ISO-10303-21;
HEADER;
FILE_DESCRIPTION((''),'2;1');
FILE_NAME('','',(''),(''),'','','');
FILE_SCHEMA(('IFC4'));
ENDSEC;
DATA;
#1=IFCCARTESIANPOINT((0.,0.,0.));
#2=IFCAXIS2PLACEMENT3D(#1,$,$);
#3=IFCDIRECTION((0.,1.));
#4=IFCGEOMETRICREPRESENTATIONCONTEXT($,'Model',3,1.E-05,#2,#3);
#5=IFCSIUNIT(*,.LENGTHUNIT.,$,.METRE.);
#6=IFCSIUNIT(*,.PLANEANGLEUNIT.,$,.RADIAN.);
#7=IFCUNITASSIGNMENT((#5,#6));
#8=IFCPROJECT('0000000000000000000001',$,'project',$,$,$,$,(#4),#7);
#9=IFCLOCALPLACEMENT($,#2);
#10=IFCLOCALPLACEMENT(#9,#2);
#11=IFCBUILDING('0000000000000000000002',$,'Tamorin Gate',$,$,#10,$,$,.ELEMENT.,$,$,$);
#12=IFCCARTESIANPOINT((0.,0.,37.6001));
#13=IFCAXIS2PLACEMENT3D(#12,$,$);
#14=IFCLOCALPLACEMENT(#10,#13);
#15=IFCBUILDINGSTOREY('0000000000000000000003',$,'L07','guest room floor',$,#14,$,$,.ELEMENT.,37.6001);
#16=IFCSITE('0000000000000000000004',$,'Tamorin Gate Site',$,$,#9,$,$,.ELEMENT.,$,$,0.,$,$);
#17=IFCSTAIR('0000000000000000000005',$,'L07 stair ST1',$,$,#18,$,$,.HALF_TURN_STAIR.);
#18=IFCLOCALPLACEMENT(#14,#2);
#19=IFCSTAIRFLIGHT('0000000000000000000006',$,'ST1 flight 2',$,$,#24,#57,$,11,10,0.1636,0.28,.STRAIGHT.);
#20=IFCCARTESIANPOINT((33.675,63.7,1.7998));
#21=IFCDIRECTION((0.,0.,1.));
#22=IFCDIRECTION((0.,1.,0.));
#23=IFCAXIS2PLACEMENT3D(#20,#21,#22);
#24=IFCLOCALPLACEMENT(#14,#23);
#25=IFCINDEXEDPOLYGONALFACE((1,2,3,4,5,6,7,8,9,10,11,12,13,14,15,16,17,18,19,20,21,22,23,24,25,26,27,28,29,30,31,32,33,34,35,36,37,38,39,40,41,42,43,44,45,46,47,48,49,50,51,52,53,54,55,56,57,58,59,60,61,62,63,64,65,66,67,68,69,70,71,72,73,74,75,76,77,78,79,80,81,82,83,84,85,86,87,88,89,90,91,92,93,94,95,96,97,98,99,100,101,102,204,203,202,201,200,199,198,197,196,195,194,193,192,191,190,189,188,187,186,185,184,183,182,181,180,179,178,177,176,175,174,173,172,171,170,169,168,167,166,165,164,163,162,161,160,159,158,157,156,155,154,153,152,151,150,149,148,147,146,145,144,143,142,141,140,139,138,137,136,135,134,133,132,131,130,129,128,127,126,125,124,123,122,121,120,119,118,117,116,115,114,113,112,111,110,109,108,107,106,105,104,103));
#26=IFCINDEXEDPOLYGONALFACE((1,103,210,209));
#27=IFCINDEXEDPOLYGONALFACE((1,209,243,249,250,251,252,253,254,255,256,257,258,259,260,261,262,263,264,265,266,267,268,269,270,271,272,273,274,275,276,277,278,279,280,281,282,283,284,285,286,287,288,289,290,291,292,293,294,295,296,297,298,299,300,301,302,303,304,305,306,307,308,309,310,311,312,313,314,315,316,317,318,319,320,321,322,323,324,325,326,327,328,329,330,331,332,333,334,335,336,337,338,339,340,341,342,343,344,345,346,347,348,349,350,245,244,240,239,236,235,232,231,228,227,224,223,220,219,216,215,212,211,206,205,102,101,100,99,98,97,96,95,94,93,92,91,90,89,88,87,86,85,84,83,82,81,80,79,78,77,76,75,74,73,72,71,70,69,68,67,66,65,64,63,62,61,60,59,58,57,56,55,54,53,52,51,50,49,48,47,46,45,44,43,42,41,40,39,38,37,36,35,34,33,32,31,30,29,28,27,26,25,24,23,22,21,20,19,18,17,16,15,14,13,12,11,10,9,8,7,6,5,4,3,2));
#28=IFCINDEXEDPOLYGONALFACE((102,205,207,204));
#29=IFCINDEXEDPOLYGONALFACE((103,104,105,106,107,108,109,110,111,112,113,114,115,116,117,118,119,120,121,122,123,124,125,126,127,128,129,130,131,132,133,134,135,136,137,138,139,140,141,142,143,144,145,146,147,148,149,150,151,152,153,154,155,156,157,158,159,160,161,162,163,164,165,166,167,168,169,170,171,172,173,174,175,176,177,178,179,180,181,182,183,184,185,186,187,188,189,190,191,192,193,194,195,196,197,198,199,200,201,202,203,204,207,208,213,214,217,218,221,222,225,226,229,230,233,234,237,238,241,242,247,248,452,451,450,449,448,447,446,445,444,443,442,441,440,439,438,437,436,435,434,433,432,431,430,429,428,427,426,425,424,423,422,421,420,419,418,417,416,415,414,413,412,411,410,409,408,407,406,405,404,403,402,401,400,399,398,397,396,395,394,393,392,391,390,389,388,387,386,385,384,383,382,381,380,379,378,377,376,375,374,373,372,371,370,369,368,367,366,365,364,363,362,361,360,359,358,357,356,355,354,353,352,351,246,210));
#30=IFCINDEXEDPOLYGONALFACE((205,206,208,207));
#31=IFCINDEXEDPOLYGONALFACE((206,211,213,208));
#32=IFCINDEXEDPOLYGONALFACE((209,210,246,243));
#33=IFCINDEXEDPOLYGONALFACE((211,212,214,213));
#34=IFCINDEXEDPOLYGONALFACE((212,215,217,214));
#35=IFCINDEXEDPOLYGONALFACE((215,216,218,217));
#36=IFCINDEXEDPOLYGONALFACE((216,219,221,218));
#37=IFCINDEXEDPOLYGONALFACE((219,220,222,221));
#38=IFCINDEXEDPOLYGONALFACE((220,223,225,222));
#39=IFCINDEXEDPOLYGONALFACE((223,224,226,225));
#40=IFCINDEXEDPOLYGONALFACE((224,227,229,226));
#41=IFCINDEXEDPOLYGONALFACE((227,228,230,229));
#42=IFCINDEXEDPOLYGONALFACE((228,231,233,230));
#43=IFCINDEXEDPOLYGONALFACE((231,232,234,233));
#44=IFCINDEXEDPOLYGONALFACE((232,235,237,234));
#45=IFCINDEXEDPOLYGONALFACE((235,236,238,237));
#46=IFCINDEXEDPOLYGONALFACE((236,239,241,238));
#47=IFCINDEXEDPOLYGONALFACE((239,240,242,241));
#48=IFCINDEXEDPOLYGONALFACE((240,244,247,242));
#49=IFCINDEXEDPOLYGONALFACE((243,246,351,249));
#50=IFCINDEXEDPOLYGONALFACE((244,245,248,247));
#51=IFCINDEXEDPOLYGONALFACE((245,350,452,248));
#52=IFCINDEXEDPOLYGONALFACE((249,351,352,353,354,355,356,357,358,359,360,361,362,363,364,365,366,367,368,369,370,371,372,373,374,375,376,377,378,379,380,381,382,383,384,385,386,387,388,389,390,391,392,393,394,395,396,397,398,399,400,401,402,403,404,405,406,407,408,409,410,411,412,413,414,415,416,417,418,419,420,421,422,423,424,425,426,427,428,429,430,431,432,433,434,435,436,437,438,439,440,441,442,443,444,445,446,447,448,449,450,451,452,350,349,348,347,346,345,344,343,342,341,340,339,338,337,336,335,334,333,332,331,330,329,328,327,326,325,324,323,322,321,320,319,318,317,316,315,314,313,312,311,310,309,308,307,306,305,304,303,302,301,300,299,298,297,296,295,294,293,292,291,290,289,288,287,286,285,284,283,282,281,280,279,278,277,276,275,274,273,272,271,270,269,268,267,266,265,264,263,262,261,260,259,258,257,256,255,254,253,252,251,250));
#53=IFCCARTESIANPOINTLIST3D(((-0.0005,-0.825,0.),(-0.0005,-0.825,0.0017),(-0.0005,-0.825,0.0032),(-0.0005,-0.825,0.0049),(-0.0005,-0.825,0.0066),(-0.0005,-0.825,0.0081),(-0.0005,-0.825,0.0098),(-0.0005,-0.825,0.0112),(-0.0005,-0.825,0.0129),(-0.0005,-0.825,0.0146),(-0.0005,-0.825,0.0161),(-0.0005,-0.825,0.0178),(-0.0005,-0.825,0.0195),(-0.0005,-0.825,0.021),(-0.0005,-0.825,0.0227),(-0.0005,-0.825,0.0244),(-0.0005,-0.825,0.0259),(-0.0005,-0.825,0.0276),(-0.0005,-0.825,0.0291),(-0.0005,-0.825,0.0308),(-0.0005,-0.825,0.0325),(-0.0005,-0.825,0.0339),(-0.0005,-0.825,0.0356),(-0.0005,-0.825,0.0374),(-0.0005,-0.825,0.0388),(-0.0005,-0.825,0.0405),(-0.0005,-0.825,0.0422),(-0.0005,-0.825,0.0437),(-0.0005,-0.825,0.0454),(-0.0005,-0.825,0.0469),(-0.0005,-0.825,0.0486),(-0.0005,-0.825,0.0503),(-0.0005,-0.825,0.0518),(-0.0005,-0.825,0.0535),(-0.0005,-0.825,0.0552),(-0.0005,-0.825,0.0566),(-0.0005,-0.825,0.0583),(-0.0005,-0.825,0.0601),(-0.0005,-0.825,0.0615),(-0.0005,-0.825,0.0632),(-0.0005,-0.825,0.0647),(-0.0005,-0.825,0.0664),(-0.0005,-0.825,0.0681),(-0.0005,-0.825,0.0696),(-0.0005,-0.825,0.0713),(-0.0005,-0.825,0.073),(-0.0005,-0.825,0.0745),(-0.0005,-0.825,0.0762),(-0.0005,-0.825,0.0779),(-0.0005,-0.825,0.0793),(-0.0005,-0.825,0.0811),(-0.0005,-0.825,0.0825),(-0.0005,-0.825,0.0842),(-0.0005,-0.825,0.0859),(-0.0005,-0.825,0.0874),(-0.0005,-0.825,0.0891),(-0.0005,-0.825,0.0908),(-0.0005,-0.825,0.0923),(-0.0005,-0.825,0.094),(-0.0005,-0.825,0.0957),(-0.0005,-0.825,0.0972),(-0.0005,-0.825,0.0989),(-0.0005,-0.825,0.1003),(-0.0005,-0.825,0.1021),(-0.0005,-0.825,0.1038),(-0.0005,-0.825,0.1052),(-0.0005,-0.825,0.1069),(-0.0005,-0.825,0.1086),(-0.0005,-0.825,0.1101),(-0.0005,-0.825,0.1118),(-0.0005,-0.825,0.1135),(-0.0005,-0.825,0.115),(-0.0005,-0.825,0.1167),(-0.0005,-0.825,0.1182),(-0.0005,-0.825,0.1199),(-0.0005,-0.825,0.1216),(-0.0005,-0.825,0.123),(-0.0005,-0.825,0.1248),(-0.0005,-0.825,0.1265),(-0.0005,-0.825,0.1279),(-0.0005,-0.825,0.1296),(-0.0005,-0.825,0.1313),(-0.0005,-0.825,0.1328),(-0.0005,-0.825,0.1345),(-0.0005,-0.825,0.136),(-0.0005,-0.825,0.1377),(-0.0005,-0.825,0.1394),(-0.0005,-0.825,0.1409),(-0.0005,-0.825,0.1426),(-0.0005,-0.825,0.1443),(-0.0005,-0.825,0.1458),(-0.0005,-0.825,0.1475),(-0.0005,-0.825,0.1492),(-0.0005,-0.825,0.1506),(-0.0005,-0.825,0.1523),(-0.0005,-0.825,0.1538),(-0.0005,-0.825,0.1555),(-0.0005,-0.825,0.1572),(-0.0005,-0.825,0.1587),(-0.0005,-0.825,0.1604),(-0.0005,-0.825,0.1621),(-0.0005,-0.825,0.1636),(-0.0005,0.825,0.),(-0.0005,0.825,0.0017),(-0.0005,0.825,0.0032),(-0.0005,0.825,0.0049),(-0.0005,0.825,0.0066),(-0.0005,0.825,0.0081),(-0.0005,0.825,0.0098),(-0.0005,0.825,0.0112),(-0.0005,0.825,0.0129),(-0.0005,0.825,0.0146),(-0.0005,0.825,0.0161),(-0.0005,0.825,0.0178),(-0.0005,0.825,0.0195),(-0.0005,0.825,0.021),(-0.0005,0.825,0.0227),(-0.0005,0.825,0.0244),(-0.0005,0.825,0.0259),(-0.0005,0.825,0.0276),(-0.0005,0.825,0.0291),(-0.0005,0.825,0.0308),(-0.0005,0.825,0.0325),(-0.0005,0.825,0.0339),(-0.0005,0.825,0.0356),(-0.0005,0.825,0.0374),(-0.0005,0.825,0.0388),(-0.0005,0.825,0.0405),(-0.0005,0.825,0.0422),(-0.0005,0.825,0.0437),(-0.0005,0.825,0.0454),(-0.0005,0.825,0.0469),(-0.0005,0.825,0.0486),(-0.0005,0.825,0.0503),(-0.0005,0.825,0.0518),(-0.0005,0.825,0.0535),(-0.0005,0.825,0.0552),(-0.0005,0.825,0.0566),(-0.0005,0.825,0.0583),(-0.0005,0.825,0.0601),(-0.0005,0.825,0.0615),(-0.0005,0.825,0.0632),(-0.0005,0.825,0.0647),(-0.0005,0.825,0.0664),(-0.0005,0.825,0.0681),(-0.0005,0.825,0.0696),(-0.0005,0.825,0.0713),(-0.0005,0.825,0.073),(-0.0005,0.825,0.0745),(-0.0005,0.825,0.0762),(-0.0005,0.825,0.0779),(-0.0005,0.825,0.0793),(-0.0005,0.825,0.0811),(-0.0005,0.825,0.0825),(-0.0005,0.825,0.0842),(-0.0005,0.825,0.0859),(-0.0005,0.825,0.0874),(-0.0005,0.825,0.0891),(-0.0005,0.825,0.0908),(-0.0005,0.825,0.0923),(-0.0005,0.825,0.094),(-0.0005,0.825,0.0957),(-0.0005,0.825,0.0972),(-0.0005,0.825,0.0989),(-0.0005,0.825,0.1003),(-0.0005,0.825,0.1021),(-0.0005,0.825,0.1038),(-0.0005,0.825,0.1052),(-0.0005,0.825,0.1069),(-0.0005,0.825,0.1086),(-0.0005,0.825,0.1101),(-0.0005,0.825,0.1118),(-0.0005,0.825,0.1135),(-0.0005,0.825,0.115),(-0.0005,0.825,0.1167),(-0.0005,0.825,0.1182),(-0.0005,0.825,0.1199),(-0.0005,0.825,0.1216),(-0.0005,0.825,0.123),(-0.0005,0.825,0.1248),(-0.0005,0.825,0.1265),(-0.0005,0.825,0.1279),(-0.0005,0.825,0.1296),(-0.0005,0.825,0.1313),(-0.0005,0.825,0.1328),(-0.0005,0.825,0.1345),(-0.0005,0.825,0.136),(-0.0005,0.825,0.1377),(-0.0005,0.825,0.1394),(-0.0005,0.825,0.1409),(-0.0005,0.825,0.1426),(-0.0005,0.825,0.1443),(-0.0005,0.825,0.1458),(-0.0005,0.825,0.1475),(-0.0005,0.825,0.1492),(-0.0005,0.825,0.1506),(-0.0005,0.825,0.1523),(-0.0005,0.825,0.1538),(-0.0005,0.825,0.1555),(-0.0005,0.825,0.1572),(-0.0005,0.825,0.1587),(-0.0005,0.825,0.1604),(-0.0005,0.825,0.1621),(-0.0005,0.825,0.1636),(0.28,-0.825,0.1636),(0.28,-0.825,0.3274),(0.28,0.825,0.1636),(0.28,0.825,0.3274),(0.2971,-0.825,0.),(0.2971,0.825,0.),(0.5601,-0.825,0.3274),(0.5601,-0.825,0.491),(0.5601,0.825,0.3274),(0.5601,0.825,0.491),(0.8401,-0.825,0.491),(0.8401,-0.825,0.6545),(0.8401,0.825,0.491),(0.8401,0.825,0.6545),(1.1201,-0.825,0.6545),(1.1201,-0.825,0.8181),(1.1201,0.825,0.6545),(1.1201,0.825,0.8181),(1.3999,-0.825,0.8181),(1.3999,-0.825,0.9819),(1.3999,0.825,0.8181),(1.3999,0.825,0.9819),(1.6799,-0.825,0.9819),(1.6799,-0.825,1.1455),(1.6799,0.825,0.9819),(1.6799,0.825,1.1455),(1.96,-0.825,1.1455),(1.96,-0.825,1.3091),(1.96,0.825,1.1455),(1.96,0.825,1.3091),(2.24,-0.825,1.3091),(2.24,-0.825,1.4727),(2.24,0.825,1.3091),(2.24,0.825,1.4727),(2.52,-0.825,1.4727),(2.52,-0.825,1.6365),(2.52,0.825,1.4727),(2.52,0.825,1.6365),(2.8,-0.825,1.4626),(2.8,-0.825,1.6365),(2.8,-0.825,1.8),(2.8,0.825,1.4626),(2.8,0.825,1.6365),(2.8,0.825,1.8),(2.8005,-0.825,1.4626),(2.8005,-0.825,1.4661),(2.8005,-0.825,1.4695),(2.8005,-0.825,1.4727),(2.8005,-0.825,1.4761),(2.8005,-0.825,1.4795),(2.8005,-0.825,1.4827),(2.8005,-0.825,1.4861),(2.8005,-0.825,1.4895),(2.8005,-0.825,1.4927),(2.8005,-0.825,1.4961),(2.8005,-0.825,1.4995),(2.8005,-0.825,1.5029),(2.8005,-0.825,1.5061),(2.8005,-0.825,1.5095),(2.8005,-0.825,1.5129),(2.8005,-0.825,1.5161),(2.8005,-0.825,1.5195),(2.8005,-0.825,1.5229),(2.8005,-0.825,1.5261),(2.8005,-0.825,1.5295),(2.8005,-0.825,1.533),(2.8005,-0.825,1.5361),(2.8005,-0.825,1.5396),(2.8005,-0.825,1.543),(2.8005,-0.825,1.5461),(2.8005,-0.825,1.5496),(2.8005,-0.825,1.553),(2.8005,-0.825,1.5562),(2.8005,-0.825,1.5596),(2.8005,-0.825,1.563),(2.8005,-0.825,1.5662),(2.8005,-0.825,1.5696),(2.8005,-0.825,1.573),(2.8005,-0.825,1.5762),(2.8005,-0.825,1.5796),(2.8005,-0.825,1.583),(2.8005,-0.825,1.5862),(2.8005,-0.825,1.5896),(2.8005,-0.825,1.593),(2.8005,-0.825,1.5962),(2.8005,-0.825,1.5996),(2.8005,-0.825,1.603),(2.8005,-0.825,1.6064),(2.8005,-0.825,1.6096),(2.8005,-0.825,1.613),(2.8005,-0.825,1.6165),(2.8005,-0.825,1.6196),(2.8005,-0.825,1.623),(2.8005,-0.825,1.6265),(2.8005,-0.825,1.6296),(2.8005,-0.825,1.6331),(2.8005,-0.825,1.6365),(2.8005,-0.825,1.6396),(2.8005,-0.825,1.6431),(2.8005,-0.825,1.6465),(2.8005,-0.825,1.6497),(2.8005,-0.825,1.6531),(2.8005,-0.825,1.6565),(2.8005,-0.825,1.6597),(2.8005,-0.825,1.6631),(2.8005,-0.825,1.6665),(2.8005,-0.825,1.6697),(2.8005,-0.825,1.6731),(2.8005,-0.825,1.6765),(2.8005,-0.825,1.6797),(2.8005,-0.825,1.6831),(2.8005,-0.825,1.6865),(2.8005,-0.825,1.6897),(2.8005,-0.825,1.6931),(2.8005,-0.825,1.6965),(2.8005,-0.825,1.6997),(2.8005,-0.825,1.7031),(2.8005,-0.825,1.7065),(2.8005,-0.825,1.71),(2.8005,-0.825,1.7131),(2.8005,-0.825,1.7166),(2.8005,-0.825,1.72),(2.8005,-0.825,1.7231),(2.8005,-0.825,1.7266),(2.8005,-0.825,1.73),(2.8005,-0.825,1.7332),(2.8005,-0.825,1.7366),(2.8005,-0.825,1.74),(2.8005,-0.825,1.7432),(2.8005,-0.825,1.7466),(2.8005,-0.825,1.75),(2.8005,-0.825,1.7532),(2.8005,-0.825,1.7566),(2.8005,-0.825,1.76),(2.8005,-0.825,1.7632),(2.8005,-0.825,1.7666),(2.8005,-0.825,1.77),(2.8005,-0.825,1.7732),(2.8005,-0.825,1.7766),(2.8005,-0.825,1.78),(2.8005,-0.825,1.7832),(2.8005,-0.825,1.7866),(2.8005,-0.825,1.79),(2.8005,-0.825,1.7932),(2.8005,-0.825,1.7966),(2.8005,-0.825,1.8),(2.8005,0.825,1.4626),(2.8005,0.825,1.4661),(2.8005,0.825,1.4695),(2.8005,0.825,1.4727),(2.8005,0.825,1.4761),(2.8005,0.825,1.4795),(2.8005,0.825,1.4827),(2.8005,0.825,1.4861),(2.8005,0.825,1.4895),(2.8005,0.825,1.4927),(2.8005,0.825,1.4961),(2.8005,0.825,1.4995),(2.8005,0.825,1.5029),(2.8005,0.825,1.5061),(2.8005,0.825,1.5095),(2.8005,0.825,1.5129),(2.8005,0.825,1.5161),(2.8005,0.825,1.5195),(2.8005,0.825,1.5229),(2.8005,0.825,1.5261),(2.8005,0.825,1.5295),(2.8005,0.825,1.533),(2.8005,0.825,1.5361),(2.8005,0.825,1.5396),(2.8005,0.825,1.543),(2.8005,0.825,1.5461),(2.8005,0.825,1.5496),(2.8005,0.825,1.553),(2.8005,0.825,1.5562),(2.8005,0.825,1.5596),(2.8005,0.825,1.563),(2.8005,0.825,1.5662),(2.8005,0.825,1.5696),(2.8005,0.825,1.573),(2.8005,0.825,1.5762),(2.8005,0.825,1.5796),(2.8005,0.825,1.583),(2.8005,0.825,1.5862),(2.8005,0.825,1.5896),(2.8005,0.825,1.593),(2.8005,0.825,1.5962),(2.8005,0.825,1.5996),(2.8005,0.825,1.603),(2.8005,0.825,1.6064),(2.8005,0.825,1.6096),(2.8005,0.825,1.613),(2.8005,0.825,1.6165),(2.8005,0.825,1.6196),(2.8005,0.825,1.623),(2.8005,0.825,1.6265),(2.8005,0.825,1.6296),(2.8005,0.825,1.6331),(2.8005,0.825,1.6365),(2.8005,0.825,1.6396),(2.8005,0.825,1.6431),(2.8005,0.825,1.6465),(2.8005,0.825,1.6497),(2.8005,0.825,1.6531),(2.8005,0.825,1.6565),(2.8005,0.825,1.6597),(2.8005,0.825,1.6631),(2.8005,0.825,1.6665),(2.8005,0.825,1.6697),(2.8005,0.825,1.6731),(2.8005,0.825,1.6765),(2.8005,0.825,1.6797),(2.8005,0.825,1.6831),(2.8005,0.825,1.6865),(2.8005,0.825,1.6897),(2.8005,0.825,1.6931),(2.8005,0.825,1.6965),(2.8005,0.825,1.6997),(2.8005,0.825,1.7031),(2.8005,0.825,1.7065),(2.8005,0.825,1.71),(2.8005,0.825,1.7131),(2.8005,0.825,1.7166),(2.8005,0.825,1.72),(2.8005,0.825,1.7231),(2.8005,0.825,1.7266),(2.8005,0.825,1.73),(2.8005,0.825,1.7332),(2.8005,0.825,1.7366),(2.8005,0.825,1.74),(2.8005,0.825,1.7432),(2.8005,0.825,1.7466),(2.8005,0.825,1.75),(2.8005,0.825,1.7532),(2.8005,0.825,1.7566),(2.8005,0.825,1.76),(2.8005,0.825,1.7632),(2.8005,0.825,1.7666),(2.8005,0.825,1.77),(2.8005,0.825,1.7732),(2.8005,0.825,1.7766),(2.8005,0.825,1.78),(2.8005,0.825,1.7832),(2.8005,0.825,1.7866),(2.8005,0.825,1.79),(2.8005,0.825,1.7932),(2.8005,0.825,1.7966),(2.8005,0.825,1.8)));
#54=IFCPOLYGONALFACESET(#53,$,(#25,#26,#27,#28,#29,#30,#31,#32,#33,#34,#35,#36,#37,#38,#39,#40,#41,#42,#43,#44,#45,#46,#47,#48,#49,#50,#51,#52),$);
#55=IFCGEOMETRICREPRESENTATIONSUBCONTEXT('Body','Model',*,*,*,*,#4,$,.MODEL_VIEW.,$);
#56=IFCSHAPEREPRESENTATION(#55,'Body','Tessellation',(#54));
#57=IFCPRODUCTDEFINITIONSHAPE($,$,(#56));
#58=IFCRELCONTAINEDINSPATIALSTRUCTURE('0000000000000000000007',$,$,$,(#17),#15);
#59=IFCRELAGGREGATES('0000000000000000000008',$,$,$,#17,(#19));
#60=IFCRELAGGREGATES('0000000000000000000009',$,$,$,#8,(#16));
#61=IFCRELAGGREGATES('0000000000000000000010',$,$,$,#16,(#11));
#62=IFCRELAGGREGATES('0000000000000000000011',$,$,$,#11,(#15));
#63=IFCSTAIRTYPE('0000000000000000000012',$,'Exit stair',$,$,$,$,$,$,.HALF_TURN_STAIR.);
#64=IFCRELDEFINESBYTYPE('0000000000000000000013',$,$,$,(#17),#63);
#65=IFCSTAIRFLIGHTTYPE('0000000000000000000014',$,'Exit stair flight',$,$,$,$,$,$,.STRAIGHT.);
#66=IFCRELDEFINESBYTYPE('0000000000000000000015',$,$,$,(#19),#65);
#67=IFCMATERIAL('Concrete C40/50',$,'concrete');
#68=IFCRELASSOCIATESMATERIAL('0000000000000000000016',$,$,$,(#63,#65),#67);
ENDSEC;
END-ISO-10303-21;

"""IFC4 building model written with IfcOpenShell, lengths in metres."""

from ifc_helpers import new_model, si_unit, direction, frame, origin, place, context, subcontext, project, spatial, polyline, outline, extrude, material, type_object, element, aggregate, save


model = new_model("IFC4")

# Units and contexts
model_context = context("Model", 3, precision=1e-05, world=origin(), true_north=direction((0.0, 1.0)))
body_context = subcontext(model_context, "Body", "Model", "MODEL_VIEW")
ifc_project = project(units=[si_unit("LENGTHUNIT", "METRE"), si_unit("PLANEANGLEUNIT", "RADIAN")], contexts=[model_context])

# Site, building, storey
site_placement = place(None, origin())
site = spatial("IfcSite", under=ifc_project, at=site_placement, Name="Tamorin Gate Site", CompositionType="ELEMENT", RefElevation=0.0)
building_placement = place(site_placement, origin())
building = spatial("IfcBuilding", under=site, at=building_placement, Name="Tamorin Gate", CompositionType="ELEMENT")
storey_placement = place(building_placement, frame((0.0, 0.0, 37.6001)))
storey = spatial("IfcBuildingStorey", under=building, at=storey_placement, Name="L07", Description="guest room floor", CompositionType="ELEMENT", Elevation=37.6001)

# Shared definitions
ifc_material_1 = material(Name="Concrete C40/50", Category="concrete")

# Stair, stair flight
stair_type = type_object("IfcStairType", Name="Exit stair", PredefinedType="HALF_TURN_STAIR", material=ifc_material_1)
stair_placement = place(storey_placement, origin())
stair = element("IfcStair", 1, at=stair_placement, inside=storey, type_object=stair_type, Name="L07 stair ST1", PredefinedType="HALF_TURN_STAIR")
stair_flight_type = type_object("IfcStairFlightType", Name="Exit stair flight", PredefinedType="STRAIGHT", material=ifc_material_1)
stair_flight_1_placement = place(storey_placement, frame((33.675, 63.7, 1.7998), z_axis=(0.0, 0.0, 1.0), x_axis=(0.0, 1.0, 0.0)))
stair_flight_1 = element("IfcStairFlight", 2, at=stair_flight_1_placement, type_object=stair_flight_type, Name="ST1 flight 2", NumberOfRisers=11, NumberOfTreads=10, PredefinedType="STRAIGHT", RiserHeight=0.1636, TreadLength=0.28, context=body_context, shape_type="SweptSolid", body=[
    extrude(outline(polyline([(-0.0005, 0.0), (-0.0005, 0.0017), (-0.0005, 0.0032), (-0.0005, 0.0049), (-0.0005, 0.0066), (-0.0005, 0.0081), (-0.0005, 0.0098), (-0.0005, 0.0112), (-0.0005, 0.0129), (-0.0005, 0.0146), (-0.0005, 0.0161), (-0.0005, 0.0178), (-0.0005, 0.0195), (-0.0005, 0.021), (-0.0005, 0.0227), (-0.0005, 0.0244), (-0.0005, 0.0259), (-0.0005, 0.0276), (-0.0005, 0.0291), (-0.0005, 0.0308), (-0.0005, 0.0325), (-0.0005, 0.0339), (-0.0005, 0.0356), (-0.0005, 0.0374), (-0.0005, 0.0388), (-0.0005, 0.0405), (-0.0005, 0.0422), (-0.0005, 0.0437), (-0.0005, 0.0454), (-0.0005, 0.0469), (-0.0005, 0.0486), (-0.0005, 0.0503), (-0.0005, 0.0518), (-0.0005, 0.0535), (-0.0005, 0.0552), (-0.0005, 0.0566), (-0.0005, 0.0583), (-0.0005, 0.0601), (-0.0005, 0.0615), (-0.0005, 0.0632), (-0.0005, 0.0647), (-0.0005, 0.0664), (-0.0005, 0.0681), (-0.0005, 0.0696), (-0.0005, 0.0713), (-0.0005, 0.073), (-0.0005, 0.0745), (-0.0005, 0.0762), (-0.0005, 0.0779), (-0.0005, 0.0793), (-0.0005, 0.0811), (-0.0005, 0.0825), (-0.0005, 0.0842), (-0.0005, 0.0859), (-0.0005, 0.0874), (-0.0005, 0.0891), (-0.0005, 0.0908), (-0.0005, 0.0923), (-0.0005, 0.094), (-0.0005, 0.0957), (-0.0005, 0.0972), (-0.0005, 0.0989), (-0.0005, 0.1003), (-0.0005, 0.1021), (-0.0005, 0.1038), (-0.0005, 0.1052), (-0.0005, 0.1069), (-0.0005, 0.1086), (-0.0005, 0.1101), (-0.0005, 0.1118), (-0.0005, 0.1135), (-0.0005, 0.115), (-0.0005, 0.1167), (-0.0005, 0.1182), (-0.0005, 0.1199), (-0.0005, 0.1216), (-0.0005, 0.123), (-0.0005, 0.1248), (-0.0005, 0.1265), (-0.0005, 0.1279), (-0.0005, 0.1296), (-0.0005, 0.1313), (-0.0005, 0.1328), (-0.0005, 0.1345), (-0.0005, 0.136), (-0.0005, 0.1377), (-0.0005, 0.1394), (-0.0005, 0.1409), (-0.0005, 0.1426), (-0.0005, 0.1443), (-0.0005, 0.1458), (-0.0005, 0.1475), (-0.0005, 0.1492), (-0.0005, 0.1506), (-0.0005, 0.1523), (-0.0005, 0.1538), (-0.0005, 0.1555), (-0.0005, 0.1572), (-0.0005, 0.1587), (-0.0005, 0.1604), (-0.0005, 0.1621), (-0.0005, 0.1636), (0.28, 0.1636), (0.28, 0.3274), (0.5601, 0.3274), (0.5601, 0.491), (0.8401, 0.491), (0.8401, 0.6545), (1.1201, 0.6545), (1.1201, 0.8181), (1.3999, 0.8181), (1.3999, 0.9819), (1.6799, 0.9819), (1.6799, 1.1455), (1.96, 1.1455), (1.96, 1.3091), (2.24, 1.3091), (2.24, 1.4727), (2.52, 1.4727), (2.52, 1.6365), (2.8, 1.6365), (2.8, 1.8), (2.8005, 1.8), (2.8005, 1.7966), (2.8005, 1.7932), (2.8005, 1.79), (2.8005, 1.7866), (2.8005, 1.7832), (2.8005, 1.78), (2.8005, 1.7766), (2.8005, 1.7732), (2.8005, 1.77), (2.8005, 1.7666), (2.8005, 1.7632), (2.8005, 1.76), (2.8005, 1.7566), (2.8005, 1.7532), (2.8005, 1.75), (2.8005, 1.7466), (2.8005, 1.7432), (2.8005, 1.74), (2.8005, 1.7366), (2.8005, 1.7332), (2.8005, 1.73), (2.8005, 1.7266), (2.8005, 1.7231), (2.8005, 1.72), (2.8005, 1.7166), (2.8005, 1.7131), (2.8005, 1.71), (2.8005, 1.7065), (2.8005, 1.7031), (2.8005, 1.6997), (2.8005, 1.6965), (2.8005, 1.6931), (2.8005, 1.6897), (2.8005, 1.6865), (2.8005, 1.6831), (2.8005, 1.6797), (2.8005, 1.6765), (2.8005, 1.6731), (2.8005, 1.6697), (2.8005, 1.6665), (2.8005, 1.6631), (2.8005, 1.6597), (2.8005, 1.6565), (2.8005, 1.6531), (2.8005, 1.6497), (2.8005, 1.6465), (2.8005, 1.6431), (2.8005, 1.6396), (2.8005, 1.6365), (2.8005, 1.6331), (2.8005, 1.6296), (2.8005, 1.6265), (2.8005, 1.623), (2.8005, 1.6196), (2.8005, 1.6165), (2.8005, 1.613), (2.8005, 1.6096), (2.8005, 1.6064), (2.8005, 1.603), (2.8005, 1.5996), (2.8005, 1.5962), (2.8005, 1.593), (2.8005, 1.5896), (2.8005, 1.5862), (2.8005, 1.583), (2.8005, 1.5796), (2.8005, 1.5762), (2.8005, 1.573), (2.8005, 1.5696), (2.8005, 1.5662), (2.8005, 1.563), (2.8005, 1.5596), (2.8005, 1.5562), (2.8005, 1.553), (2.8005, 1.5496), (2.8005, 1.5461), (2.8005, 1.543), (2.8005, 1.5396), (2.8005, 1.5361), (2.8005, 1.533), (2.8005, 1.5295), (2.8005, 1.5261), (2.8005, 1.5229), (2.8005, 1.5195), (2.8005, 1.5161), (2.8005, 1.5129), (2.8005, 1.5095), (2.8005, 1.5061), (2.8005, 1.5029), (2.8005, 1.4995), (2.8005, 1.4961), (2.8005, 1.4927), (2.8005, 1.4895), (2.8005, 1.4861), (2.8005, 1.4827), (2.8005, 1.4795), (2.8005, 1.4761), (2.8005, 1.4727), (2.8005, 1.4695), (2.8005, 1.4661), (2.8005, 1.4626), (2.8, 1.4626), (0.2971, 0.0), (-0.0005, 0.0)])), frame((0.0, 0.825, 0.0), z_axis=(0.0, -1.0, 0.0), x_axis=(1.0, 0.0, 0.0)), (0.0, 0.0, 1.0), 1.6499),
])
aggregate(stair, [stair_flight_1])

save(model, "model.ifc")
